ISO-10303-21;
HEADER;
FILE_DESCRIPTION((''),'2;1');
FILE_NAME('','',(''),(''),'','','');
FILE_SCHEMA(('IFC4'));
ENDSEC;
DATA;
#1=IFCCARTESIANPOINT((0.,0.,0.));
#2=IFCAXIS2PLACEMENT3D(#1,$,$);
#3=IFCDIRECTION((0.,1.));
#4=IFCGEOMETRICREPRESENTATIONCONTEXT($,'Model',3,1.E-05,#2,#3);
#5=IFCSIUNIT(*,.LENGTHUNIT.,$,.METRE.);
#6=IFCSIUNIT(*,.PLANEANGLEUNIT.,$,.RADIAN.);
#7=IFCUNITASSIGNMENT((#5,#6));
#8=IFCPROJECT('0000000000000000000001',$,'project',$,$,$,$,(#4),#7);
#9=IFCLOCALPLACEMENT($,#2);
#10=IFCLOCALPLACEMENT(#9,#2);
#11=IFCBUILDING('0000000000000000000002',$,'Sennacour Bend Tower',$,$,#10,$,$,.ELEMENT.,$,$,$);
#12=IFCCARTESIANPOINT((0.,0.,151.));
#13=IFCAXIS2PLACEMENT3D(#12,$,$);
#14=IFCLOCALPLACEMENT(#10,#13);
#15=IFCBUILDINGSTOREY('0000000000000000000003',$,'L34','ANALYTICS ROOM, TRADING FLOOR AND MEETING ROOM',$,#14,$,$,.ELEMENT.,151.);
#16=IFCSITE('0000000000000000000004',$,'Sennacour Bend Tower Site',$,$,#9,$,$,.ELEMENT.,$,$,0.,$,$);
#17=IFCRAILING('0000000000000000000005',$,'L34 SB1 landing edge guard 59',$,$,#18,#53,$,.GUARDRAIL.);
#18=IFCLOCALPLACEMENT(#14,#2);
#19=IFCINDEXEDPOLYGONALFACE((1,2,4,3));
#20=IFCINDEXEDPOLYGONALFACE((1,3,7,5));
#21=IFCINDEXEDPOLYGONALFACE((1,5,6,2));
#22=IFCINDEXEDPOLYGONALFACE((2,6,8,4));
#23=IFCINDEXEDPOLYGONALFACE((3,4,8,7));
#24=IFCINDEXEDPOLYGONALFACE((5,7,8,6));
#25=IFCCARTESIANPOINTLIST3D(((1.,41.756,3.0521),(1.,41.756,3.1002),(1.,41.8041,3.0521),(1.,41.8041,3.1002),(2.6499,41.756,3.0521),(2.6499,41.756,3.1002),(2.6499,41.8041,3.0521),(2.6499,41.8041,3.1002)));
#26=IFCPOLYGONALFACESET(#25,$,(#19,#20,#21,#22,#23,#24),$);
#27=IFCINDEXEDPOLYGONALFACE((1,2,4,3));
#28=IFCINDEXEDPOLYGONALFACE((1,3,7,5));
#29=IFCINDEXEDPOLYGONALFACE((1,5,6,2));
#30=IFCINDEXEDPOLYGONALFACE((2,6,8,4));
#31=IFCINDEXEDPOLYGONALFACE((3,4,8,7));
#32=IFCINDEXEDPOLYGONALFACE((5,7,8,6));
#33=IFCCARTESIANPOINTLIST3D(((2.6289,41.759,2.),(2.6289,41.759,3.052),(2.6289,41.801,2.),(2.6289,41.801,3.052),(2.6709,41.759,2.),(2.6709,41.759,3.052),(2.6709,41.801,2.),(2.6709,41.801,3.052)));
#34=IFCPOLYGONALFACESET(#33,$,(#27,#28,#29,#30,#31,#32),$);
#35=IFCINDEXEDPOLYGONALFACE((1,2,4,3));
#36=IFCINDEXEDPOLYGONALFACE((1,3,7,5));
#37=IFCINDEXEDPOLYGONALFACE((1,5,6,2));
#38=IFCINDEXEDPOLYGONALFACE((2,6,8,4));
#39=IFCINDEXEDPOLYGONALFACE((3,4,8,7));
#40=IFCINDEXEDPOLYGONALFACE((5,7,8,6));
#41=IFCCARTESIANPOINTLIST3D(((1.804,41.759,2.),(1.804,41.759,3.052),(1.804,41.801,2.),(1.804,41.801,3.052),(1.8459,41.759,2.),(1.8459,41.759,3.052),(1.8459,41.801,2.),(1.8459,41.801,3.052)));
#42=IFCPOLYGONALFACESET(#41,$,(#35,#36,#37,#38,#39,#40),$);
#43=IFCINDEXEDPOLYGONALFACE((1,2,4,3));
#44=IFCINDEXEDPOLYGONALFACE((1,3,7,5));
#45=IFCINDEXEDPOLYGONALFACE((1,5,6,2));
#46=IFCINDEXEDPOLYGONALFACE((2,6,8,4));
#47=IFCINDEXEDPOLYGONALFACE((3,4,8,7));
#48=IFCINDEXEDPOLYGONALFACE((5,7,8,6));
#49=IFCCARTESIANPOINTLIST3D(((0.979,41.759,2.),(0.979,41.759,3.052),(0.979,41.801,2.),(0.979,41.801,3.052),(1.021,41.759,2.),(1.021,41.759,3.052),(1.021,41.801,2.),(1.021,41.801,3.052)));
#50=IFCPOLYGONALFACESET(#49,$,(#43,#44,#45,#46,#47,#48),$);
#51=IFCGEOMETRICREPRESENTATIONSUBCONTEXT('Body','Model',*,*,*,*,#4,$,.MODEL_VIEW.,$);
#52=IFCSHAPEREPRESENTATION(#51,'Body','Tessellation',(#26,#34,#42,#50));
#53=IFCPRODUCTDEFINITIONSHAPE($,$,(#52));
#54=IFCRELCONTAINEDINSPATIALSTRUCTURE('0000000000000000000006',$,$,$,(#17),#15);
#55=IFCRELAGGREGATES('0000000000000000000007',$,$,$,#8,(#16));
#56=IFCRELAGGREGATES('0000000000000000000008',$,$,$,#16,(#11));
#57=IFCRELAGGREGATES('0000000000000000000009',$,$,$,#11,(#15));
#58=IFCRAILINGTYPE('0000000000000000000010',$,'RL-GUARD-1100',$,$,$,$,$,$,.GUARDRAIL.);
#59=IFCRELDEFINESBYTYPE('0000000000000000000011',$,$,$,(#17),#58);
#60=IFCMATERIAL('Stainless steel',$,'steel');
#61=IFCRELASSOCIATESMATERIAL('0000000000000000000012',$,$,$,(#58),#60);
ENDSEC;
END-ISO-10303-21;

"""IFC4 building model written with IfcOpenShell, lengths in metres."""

from ifc_helpers import new_model, si_unit, direction, frame, origin, origin_2d, place, context, subcontext, project, spatial, rectangle, extrude, material, type_object, element, save


model = new_model("IFC4")

# Units and contexts
model_context = context("Model", 3, precision=1e-05, world=origin(), true_north=direction((0.0, 1.0)))
body_context = subcontext(model_context, "Body", "Model", "MODEL_VIEW")
ifc_project = project(units=[si_unit("LENGTHUNIT", "METRE"), si_unit("PLANEANGLEUNIT", "RADIAN")], contexts=[model_context])

# Site, building, storey
site_placement = place(None, origin())
site = spatial("IfcSite", under=ifc_project, at=site_placement, Name="Sennacour Bend Tower Site", CompositionType="ELEMENT", RefElevation=0.0)
building_placement = place(site_placement, origin())
building = spatial("IfcBuilding", under=site, at=building_placement, Name="Sennacour Bend Tower", CompositionType="ELEMENT")
storey_placement = place(building_placement, frame((0.0, 0.0, 151.0)))
storey = spatial("IfcBuildingStorey", under=building, at=storey_placement, Name="L34", Description="ANALYTICS ROOM, TRADING FLOOR AND MEETING ROOM", CompositionType="ELEMENT", Elevation=151.0)

# Railing
ifc_material_1 = material(Name="Stainless steel", Category="steel")
railing_type = type_object("IfcRailingType", Name="RL-GUARD-1100", PredefinedType="GUARDRAIL", material=ifc_material_1)
railing_1_placement = place(storey_placement, frame((2.6499, 41.78, 2.0)))
element("IfcRailing", 1, at=railing_1_placement, inside=storey, type_object=railing_type, Name="L34 SB1 landing edge guard 59", PredefinedType="GUARDRAIL", context=body_context, shape_type="SweptSolid", body=[
    extrude(rectangle(XDim=0.0481, YDim=0.0481, at=origin_2d()), frame((0.0, 0.0, 1.0762), z_axis=(-1.0, 0.0, 0.0), x_axis=(0.0, -1.0, 0.0)), (0.0, 0.0, 1.0), 1.6499),
    extrude(rectangle(XDim=0.042, YDim=0.042, at=origin_2d()), origin(), (0.0, 0.0, 1.0), 1.052),
    extrude(rectangle(XDim=0.042, YDim=0.042, at=origin_2d()), frame((-0.825, 0.0, 0.0)), (0.0, 0.0, 1.0), 1.052),
    extrude(rectangle(XDim=0.042, YDim=0.042, at=origin_2d()), frame((-1.6499, 0.0, 0.0)), (0.0, 0.0, 1.0), 1.052),
])

save(model, "model.ifc")
